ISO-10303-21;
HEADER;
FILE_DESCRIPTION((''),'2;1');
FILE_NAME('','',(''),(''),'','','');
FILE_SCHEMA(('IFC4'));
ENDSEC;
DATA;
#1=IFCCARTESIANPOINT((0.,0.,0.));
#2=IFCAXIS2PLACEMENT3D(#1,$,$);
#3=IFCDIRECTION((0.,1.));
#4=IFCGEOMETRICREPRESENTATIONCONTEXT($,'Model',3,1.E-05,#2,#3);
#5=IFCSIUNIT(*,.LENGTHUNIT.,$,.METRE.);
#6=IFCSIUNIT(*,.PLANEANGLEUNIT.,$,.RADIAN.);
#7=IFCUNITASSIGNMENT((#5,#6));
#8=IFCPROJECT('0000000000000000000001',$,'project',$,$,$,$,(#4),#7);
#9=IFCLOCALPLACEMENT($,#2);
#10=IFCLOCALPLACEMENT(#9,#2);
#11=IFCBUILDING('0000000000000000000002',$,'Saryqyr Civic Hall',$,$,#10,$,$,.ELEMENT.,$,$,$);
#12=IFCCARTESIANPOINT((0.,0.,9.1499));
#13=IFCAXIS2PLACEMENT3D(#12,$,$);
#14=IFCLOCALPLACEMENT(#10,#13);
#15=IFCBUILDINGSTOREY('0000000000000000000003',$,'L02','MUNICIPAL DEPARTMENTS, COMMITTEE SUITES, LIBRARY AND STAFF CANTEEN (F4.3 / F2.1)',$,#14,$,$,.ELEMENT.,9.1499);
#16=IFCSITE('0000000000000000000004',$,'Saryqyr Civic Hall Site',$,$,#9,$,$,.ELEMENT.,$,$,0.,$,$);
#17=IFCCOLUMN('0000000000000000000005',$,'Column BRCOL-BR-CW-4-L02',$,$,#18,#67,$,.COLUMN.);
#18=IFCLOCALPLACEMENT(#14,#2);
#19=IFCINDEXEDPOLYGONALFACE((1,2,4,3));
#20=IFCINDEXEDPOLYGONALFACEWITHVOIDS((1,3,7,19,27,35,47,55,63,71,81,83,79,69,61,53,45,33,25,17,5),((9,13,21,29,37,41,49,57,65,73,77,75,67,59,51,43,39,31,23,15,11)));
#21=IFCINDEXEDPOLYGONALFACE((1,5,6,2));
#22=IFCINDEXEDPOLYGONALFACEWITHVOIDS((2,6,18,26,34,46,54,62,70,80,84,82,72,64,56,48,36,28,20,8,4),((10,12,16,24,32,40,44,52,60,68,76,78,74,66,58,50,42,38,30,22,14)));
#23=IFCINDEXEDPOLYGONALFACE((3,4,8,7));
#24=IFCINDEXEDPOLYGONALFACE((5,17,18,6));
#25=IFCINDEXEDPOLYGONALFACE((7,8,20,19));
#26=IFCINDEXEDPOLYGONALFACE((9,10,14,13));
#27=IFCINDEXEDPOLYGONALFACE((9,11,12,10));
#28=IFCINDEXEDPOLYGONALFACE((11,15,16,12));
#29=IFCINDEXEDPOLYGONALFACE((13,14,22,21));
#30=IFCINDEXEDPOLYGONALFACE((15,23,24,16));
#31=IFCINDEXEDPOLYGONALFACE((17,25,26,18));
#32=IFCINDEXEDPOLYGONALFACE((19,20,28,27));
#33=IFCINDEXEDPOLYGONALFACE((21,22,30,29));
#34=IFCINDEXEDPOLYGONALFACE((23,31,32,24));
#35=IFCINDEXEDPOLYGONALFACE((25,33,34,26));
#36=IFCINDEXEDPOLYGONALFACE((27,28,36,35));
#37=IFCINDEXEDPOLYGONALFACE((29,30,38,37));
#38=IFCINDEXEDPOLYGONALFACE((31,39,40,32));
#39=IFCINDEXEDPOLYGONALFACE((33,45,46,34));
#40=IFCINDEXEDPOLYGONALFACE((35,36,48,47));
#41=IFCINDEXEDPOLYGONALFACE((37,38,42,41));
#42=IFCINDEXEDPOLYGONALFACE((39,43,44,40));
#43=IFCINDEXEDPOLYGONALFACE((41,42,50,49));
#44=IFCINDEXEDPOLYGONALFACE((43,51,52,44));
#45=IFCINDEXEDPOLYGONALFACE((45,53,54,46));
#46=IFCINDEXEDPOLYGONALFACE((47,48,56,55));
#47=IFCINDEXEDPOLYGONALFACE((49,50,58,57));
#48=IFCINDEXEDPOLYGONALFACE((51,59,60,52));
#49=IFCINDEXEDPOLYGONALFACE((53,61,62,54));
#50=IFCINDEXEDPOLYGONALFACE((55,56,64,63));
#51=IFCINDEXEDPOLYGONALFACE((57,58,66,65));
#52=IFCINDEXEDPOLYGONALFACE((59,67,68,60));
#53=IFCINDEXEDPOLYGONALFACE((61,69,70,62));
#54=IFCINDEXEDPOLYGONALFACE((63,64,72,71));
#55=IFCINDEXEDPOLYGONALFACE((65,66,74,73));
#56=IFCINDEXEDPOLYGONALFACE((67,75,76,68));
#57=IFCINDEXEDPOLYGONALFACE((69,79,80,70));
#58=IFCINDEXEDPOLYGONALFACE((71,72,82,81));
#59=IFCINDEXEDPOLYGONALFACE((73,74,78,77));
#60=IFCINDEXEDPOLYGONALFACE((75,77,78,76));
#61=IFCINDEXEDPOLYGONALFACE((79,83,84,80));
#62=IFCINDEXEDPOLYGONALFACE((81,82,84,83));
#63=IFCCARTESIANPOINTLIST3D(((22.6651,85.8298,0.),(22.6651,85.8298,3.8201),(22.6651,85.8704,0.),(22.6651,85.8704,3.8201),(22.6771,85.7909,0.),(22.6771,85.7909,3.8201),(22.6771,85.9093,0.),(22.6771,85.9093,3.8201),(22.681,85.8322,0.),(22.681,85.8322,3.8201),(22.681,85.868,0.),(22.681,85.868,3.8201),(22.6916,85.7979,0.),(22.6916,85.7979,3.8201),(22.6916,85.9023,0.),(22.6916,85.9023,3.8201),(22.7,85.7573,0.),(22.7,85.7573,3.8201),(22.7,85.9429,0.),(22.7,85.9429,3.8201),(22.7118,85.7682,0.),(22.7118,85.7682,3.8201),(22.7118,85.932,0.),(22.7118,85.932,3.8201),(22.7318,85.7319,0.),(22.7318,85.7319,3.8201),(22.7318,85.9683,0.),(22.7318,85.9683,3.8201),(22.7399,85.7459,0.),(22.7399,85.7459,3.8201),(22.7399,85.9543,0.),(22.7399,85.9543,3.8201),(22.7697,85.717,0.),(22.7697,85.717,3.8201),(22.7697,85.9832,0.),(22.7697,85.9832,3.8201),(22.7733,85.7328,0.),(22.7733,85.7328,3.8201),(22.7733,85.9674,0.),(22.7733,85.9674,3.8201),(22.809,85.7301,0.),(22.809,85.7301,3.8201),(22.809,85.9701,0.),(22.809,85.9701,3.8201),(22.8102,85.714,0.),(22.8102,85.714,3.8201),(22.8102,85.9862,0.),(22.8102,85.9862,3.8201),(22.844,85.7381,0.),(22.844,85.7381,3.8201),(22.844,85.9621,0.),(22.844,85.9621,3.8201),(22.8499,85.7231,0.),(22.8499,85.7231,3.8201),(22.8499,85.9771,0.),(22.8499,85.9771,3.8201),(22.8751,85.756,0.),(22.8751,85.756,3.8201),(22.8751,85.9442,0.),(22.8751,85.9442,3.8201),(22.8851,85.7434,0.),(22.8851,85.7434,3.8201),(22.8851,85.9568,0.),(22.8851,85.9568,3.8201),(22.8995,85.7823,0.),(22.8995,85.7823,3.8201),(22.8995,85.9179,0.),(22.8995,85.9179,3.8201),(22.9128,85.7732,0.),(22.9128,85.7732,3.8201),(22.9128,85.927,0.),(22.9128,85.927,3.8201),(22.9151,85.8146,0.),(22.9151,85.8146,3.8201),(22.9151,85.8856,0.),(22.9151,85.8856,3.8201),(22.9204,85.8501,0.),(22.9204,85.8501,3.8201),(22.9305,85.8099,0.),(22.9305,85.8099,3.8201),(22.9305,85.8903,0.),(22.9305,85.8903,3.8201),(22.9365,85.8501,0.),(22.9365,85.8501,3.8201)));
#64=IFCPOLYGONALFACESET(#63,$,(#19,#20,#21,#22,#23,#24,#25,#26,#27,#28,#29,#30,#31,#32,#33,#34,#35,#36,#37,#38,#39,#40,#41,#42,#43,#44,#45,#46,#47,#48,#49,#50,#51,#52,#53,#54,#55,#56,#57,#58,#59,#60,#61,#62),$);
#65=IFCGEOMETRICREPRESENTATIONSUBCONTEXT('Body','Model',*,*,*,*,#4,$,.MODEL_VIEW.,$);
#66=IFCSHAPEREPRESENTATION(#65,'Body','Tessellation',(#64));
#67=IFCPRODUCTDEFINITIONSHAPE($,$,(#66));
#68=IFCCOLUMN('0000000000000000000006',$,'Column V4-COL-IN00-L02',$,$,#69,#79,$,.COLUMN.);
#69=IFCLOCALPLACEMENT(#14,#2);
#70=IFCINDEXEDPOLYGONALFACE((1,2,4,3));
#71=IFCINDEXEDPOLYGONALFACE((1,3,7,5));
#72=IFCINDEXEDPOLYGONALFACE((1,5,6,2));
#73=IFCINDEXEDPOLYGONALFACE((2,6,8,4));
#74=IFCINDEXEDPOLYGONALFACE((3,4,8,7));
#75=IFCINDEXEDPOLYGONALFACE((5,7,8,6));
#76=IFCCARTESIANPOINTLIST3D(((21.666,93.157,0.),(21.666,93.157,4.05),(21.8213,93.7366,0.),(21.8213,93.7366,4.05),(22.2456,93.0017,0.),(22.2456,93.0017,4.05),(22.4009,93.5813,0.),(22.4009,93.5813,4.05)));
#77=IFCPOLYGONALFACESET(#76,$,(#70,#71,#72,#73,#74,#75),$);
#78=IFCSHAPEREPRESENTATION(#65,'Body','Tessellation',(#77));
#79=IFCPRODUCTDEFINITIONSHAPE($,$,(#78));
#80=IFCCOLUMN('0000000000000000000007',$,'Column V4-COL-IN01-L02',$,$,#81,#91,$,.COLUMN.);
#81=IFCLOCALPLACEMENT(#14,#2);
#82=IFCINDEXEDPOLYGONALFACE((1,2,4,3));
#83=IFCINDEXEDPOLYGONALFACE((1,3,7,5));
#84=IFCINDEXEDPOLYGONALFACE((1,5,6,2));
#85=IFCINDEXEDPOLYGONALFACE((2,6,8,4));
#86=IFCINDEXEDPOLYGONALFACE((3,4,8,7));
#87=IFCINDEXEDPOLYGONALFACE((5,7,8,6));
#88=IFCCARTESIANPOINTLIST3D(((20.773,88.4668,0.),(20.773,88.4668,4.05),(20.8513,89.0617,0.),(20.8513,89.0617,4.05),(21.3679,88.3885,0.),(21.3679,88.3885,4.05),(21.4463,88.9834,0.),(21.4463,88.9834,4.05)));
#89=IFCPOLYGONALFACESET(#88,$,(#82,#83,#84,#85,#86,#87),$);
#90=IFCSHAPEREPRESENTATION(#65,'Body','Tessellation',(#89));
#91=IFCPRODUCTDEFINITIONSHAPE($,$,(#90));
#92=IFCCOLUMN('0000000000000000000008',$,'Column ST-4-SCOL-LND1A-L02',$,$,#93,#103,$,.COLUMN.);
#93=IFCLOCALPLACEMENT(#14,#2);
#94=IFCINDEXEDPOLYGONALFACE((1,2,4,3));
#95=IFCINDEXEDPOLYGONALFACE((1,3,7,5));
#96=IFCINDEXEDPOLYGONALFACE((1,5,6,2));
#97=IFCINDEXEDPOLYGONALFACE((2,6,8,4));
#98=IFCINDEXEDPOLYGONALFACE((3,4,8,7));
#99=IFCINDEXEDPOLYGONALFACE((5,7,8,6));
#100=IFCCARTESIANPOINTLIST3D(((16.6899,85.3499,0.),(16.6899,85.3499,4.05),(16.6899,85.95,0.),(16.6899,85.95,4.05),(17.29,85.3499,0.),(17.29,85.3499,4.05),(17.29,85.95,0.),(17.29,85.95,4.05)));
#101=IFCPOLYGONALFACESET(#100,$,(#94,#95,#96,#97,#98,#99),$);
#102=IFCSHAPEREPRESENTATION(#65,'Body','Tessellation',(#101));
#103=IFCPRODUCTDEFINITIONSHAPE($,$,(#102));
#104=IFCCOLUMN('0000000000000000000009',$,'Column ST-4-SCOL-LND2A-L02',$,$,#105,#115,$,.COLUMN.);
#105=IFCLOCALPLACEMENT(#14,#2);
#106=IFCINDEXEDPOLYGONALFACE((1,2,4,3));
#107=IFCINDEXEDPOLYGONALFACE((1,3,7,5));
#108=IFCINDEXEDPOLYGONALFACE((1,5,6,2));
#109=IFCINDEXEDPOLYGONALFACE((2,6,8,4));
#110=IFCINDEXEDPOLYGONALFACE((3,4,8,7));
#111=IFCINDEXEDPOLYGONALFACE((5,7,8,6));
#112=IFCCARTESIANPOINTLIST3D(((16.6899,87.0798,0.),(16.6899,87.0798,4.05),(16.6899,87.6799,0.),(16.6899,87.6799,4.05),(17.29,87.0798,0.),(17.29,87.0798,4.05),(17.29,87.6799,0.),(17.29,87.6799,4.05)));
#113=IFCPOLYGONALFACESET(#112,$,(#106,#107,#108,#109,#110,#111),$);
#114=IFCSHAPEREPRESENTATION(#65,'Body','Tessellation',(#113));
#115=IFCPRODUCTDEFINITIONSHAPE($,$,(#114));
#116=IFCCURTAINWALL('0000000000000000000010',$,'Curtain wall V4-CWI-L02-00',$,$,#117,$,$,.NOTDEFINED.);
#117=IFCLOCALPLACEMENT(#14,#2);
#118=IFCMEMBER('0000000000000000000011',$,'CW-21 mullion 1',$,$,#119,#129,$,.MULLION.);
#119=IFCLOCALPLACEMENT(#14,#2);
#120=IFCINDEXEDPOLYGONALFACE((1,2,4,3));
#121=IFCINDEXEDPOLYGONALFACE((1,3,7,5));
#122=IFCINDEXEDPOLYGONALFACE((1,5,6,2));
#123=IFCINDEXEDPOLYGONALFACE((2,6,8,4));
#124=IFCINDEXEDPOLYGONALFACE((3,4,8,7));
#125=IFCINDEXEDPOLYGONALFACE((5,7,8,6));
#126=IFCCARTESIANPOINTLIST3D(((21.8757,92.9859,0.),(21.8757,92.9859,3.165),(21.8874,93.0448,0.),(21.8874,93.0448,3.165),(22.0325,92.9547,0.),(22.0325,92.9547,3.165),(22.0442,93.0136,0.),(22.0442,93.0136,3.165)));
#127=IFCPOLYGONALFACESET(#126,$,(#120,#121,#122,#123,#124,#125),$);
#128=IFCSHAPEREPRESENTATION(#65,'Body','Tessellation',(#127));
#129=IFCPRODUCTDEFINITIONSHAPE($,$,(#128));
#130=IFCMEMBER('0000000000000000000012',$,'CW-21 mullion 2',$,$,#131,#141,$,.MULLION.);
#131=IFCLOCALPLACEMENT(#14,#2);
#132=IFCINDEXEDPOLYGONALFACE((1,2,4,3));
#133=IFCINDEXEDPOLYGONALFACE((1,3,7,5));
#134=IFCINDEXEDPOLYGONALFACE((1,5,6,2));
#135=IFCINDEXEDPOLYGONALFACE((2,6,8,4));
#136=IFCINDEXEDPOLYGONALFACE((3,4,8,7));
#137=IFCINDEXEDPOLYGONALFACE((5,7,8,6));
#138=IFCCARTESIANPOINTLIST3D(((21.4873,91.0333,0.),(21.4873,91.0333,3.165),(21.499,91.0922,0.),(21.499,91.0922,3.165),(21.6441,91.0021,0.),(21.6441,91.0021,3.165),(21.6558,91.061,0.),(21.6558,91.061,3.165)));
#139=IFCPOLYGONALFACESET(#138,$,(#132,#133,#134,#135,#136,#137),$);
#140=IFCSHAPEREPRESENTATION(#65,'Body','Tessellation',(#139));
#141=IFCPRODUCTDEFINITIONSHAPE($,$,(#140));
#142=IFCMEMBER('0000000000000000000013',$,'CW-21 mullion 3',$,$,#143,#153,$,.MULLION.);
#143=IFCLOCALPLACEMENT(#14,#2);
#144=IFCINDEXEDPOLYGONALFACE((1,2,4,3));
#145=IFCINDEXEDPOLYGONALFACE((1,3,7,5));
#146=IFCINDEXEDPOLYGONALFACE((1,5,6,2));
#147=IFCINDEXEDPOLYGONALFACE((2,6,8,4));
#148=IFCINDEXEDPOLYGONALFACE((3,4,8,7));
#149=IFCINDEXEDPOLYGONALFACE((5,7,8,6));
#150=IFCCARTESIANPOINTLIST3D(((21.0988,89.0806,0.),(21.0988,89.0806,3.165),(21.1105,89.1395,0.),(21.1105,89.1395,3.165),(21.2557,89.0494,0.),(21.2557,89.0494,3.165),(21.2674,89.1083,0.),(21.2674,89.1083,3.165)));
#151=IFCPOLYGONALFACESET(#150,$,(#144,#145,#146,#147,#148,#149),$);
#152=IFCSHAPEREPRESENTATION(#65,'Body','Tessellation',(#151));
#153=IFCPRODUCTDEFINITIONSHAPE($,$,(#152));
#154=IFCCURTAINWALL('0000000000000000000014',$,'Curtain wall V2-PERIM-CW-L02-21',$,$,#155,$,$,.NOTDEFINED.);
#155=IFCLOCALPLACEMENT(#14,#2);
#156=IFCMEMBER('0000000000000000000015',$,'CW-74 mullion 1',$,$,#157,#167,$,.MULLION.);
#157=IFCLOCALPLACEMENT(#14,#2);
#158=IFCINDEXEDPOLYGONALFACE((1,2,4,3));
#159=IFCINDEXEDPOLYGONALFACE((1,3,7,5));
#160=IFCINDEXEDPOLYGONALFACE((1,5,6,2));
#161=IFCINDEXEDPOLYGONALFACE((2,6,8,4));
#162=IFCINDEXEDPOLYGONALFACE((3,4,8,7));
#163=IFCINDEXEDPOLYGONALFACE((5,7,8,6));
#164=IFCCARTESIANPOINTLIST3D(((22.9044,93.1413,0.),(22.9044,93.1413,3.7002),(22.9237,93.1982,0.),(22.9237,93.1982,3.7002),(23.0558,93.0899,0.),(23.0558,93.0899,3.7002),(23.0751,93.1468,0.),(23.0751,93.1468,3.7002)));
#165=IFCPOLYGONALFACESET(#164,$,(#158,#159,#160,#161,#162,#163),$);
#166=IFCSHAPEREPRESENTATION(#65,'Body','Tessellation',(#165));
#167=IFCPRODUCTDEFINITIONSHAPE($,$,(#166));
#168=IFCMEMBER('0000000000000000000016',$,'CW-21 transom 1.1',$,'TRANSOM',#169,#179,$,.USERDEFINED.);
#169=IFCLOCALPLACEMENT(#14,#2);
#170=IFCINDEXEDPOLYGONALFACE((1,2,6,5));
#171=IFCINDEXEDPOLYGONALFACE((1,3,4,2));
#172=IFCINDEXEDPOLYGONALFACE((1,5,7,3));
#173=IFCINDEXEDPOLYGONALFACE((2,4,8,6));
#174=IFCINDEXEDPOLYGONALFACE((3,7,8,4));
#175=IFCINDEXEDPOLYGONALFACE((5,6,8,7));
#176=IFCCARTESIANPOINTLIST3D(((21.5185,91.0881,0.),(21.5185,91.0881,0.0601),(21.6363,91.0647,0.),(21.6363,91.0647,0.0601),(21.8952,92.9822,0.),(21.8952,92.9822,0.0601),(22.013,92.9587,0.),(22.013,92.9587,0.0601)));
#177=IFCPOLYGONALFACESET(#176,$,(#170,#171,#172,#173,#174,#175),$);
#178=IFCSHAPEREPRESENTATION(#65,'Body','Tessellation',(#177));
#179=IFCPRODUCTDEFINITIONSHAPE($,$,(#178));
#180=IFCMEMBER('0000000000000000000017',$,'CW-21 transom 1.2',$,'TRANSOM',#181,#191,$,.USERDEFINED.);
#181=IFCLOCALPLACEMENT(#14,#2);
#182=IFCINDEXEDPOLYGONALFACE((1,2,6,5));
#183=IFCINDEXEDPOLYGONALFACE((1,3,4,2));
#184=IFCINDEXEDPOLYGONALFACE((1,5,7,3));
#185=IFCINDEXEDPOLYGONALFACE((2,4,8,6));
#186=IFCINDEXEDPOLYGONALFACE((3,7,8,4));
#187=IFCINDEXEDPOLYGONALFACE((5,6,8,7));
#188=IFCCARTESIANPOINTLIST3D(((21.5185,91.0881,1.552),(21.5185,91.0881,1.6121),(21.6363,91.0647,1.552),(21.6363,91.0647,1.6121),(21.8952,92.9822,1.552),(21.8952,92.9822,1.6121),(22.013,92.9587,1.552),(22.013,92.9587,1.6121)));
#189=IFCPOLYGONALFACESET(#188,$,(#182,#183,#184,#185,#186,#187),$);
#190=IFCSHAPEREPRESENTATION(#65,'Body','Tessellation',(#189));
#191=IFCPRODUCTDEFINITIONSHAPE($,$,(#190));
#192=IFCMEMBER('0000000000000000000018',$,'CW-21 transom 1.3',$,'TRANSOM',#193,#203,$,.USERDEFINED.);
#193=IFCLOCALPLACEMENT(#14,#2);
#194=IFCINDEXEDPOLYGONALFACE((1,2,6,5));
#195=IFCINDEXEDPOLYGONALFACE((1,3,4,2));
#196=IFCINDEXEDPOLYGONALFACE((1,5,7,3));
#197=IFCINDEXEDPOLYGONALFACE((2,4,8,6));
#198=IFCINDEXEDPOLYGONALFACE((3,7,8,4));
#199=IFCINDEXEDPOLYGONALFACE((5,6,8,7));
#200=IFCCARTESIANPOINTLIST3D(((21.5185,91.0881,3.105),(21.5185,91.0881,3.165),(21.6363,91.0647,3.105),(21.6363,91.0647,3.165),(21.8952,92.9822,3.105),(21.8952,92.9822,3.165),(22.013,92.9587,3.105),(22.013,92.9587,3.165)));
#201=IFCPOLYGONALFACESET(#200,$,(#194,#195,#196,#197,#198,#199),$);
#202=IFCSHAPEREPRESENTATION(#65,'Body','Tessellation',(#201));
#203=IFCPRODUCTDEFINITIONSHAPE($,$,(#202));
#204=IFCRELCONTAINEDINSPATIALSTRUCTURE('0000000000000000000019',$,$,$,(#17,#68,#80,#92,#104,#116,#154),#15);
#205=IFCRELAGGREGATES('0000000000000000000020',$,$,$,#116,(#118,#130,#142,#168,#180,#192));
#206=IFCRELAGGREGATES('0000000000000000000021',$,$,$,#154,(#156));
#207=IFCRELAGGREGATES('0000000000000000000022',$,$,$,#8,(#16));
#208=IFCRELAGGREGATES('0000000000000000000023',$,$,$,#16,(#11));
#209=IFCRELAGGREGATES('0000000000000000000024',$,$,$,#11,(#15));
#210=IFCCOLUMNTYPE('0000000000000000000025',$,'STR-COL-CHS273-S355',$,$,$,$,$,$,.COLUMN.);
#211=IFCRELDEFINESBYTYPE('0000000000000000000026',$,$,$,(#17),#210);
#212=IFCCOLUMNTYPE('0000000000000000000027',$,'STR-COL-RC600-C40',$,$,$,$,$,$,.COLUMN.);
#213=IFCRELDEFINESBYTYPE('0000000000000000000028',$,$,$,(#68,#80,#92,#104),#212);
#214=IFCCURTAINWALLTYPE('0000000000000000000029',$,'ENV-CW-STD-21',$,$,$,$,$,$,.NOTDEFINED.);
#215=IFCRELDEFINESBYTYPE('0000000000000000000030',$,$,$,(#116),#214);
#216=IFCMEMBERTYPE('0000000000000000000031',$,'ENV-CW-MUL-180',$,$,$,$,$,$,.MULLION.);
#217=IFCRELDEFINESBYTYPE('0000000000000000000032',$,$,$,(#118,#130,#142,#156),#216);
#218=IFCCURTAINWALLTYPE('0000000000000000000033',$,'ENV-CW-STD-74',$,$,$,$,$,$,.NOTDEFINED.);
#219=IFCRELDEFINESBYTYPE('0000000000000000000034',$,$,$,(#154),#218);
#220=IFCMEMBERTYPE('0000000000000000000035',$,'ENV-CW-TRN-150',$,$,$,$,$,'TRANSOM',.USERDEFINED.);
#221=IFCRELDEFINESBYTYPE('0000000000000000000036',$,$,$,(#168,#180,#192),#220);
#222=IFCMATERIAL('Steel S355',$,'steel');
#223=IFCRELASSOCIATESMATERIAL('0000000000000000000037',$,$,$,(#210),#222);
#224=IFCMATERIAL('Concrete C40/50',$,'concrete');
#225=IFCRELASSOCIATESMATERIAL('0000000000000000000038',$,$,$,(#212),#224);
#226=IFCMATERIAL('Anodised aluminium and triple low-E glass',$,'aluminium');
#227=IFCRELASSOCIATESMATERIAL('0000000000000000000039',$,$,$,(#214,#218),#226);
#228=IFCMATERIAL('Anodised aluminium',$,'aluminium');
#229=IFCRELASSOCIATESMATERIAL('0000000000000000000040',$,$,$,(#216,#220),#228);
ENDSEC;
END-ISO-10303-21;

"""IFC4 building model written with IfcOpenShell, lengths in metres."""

from ifc_helpers import new_model, si_unit, direction, frame, origin, origin_2d, place, context, subcontext, project, spatial, rectangle, hollow_circle, extrude, material, material_profile, profile_set, type_object, element, aggregate, save


model = new_model("IFC4")

# Units and contexts
model_context = context("Model", 3, precision=1e-05, world=origin(), true_north=direction((0.0, 1.0)))
body_context = subcontext(model_context, "Body", "Model", "MODEL_VIEW")
ifc_project = project(units=[si_unit("LENGTHUNIT", "METRE"), si_unit("PLANEANGLEUNIT", "RADIAN")], contexts=[model_context])

# Site, building, storey
site_placement = place(None, origin())
site = spatial("IfcSite", under=ifc_project, at=site_placement, Name="Saryqyr Civic Hall Site", CompositionType="ELEMENT", RefElevation=0.0)
building_placement = place(site_placement, origin())
building = spatial("IfcBuilding", under=site, at=building_placement, Name="Saryqyr Civic Hall", CompositionType="ELEMENT")
storey_placement = place(building_placement, frame((0.0, 0.0, 9.1499)))
storey = spatial("IfcBuildingStorey", under=building, at=storey_placement, Name="L02", Description="MUNICIPAL DEPARTMENTS, COMMITTEE SUITES, LIBRARY AND STAFF CANTEEN (F4.3 / F2.1)", CompositionType="ELEMENT", Elevation=9.1499)

# Columns
ifc_material_1 = material(Name="Steel S355", Category="steel")
ifc_material_profile_1 = material_profile(ifc_material_1, hollow_circle(Radius=0.1365, WallThickness=0.0161, at=origin_2d()), Name="CHS 273x16")
ifc_profile_set_1 = profile_set([ifc_material_profile_1], Name="Steel S355")
column_type_1 = type_object("IfcColumnType", Name="STR-COL-CHS273-S355", PredefinedType="COLUMN", material=ifc_profile_set_1)
column_placement = place(storey_placement, frame((22.8, 85.8501, 0.0), z_axis=(0.0, 0.0, 1.0), x_axis=(1.0, 0.0, 0.0)))
element("IfcColumn", 1, at=column_placement, inside=storey, type_object=column_type_1, Name="Column BRCOL-BR-CW-4-L02", PredefinedType="COLUMN", context=body_context, shape_type="SweptSolid", body=[
    extrude(hollow_circle(Radius=0.1365, WallThickness=0.0161, at=origin_2d()), origin(), (0.0, 0.0, 1.0), 3.8201),
])
ifc_material_2 = material(Name="Concrete C40/50", Category="concrete")
ifc_material_profile_2 = material_profile(ifc_material_2, rectangle(XDim=0.6001, YDim=0.6001, at=origin_2d()), Name="RC 600x600")
ifc_profile_set_2 = profile_set([ifc_material_profile_2], Name="Concrete C40/50")
column_type_2 = type_object("IfcColumnType", Name="STR-COL-RC600-C40", PredefinedType="COLUMN", material=ifc_profile_set_2)
for number, where, z_axis, x_axis, name in (
    (2, (22.0334, 93.3691, 0.0), (0.0, 0.0, 1.0), (-0.965926, 0.258819, 0.0), "Column V4-COL-IN00-L02"),
    (3, (21.1096, 88.7251, 0.0), (0.0, 0.0, 1.0), (-0.991445, 0.130526, 0.0), "Column V4-COL-IN01-L02"),
    (4, (16.99, 85.6499, 0.0), (0.0, 0.0, 1.0), (1.0, 0.0, 0.0), "Column ST-4-SCOL-LND1A-L02"),
    (5, (16.99, 87.3799, 0.0), (0.0, 0.0, 1.0), (1.0, 0.0, 0.0), "Column ST-4-SCOL-LND2A-L02"),
):
    element("IfcColumn", number, at=place(storey_placement, frame(where, z_axis=z_axis, x_axis=x_axis)), inside=storey, type_object=column_type_2, Name=name, PredefinedType="COLUMN", context=body_context, shape_type="SweptSolid", body=[
        extrude(rectangle(XDim=0.6001, YDim=0.6001, at=origin_2d()), origin(), (0.0, 0.0, 1.0), 4.05),
    ])

# Curtain wall, members
ifc_material_3 = material(Name="Anodised aluminium and triple low-E glass", Category="aluminium")
curtain_wall_type_1 = type_object("IfcCurtainWallType", Name="ENV-CW-STD-21", PredefinedType="NOTDEFINED", material=ifc_material_3)
curtain_wall_1_placement = place(storey_placement, origin())
curtain_wall_1 = element("IfcCurtainWall", 6, at=curtain_wall_1_placement, inside=storey, type_object=curtain_wall_type_1, Name="Curtain wall V4-CWI-L02-00", PredefinedType="NOTDEFINED")
ifc_material_4 = material(Name="Anodised aluminium", Category="aluminium")
ifc_material_profile_3 = material_profile(ifc_material_4, rectangle(XDim=0.0601, YDim=0.1599, at=origin_2d()), Name="ALU MULLION 60x160")
ifc_profile_set_3 = profile_set([ifc_material_profile_3], Name="Anodised aluminium")
member_type_1 = type_object("IfcMemberType", Name="ENV-CW-MUL-180", PredefinedType="MULLION", material=ifc_profile_set_3)
member_1_placement = place(storey_placement, frame((21.96, 92.9998, 0.0), z_axis=(0.0, 0.0, 1.0), x_axis=(-0.195107, -0.980782, 0.0)))
member_1 = element("IfcMember", 7, at=member_1_placement, type_object=member_type_1, Name="CW-21 mullion 1", PredefinedType="MULLION", context=body_context, shape_type="SweptSolid", body=[
    extrude(rectangle(XDim=0.0601, YDim=0.1599, at=origin_2d()), origin(), (0.0, 0.0, 1.0), 3.165),
])
member_2_placement = place(storey_placement, frame((21.5715, 91.0471, 0.0), z_axis=(0.0, 0.0, 1.0), x_axis=(-0.195107, -0.980782, 0.0)))
member_2 = element("IfcMember", 8, at=member_2_placement, type_object=member_type_1, Name="CW-21 mullion 2", PredefinedType="MULLION", context=body_context, shape_type="SweptSolid", body=[
    extrude(rectangle(XDim=0.0601, YDim=0.1599, at=origin_2d()), origin(), (0.0, 0.0, 1.0), 3.165),
])
member_3_placement = place(storey_placement, frame((21.1831, 89.0945, 0.0), z_axis=(0.0, 0.0, 1.0), x_axis=(-0.195107, -0.980782, 0.0)))
member_3 = element("IfcMember", 9, at=member_3_placement, type_object=member_type_1, Name="CW-21 mullion 3", PredefinedType="MULLION", context=body_context, shape_type="SweptSolid", body=[
    extrude(rectangle(XDim=0.0601, YDim=0.1599, at=origin_2d()), origin(), (0.0, 0.0, 1.0), 3.165),
])

# Curtain wall, member
curtain_wall_type_2 = type_object("IfcCurtainWallType", Name="ENV-CW-STD-74", PredefinedType="NOTDEFINED", material=ifc_material_3)
curtain_wall_2_placement = place(storey_placement, origin())
curtain_wall_2 = element("IfcCurtainWall", 10, at=curtain_wall_2_placement, inside=storey, type_object=curtain_wall_type_2, Name="Curtain wall V2-PERIM-CW-L02-21", PredefinedType="NOTDEFINED")
member_4_placement = place(storey_placement, frame((22.9897, 93.144, 0.0), z_axis=(0.0, 0.0, 1.0), x_axis=(0.321445, 0.946928, 0.0)))
member_4 = element("IfcMember", 11, at=member_4_placement, type_object=member_type_1, Name="CW-74 mullion 1", PredefinedType="MULLION", context=body_context, shape_type="SweptSolid", body=[
    extrude(rectangle(XDim=0.0601, YDim=0.1599, at=origin_2d()), origin(), (0.0, 0.0, 1.0), 3.7002),
])

# Members
ifc_material_profile_4 = material_profile(ifc_material_4, rectangle(XDim=0.1201, YDim=0.0601, at=origin_2d()), Name="ALU TRANSOM 120x60")
ifc_profile_set_4 = profile_set([ifc_material_profile_4], Name="Anodised aluminium")
member_type_2 = type_object("IfcMemberType", Name="ENV-CW-TRN-150", ElementType="TRANSOM", PredefinedType="USERDEFINED", material=ifc_profile_set_4)
member_5_placement = place(storey_placement, frame((21.9541, 92.9705, 0.03), z_axis=(-0.195071, -0.980789, 0.0), x_axis=(0.980789, -0.195071, 0.0)))
member_5 = element("IfcMember", 12, at=member_5_placement, type_object=member_type_2, Name="CW-21 transom 1.1", ObjectType="TRANSOM", PredefinedType="USERDEFINED", context=body_context, shape_type="SweptSolid", body=[
    extrude(rectangle(XDim=0.1201, YDim=0.0601, at=origin_2d()), origin(), (0.0, 0.0, 1.0), 1.9312),
])
member_6_placement = place(storey_placement, frame((21.9541, 92.9705, 1.582), z_axis=(-0.195071, -0.980789, 0.0), x_axis=(0.980789, -0.195071, 0.0)))
member_6 = element("IfcMember", 13, at=member_6_placement, type_object=member_type_2, Name="CW-21 transom 1.2", ObjectType="TRANSOM", PredefinedType="USERDEFINED", context=body_context, shape_type="SweptSolid", body=[
    extrude(rectangle(XDim=0.1201, YDim=0.0601, at=origin_2d()), origin(), (0.0, 0.0, 1.0), 1.9312),
])
member_7_placement = place(storey_placement, frame((21.9541, 92.9705, 3.135), z_axis=(-0.195071, -0.980789, 0.0), x_axis=(0.980789, -0.195071, 0.0)))
member_7 = element("IfcMember", 14, at=member_7_placement, type_object=member_type_2, Name="CW-21 transom 1.3", ObjectType="TRANSOM", PredefinedType="USERDEFINED", context=body_context, shape_type="SweptSolid", body=[
    extrude(rectangle(XDim=0.1201, YDim=0.0601, at=origin_2d()), origin(), (0.0, 0.0, 1.0), 1.9312),
])

aggregate(curtain_wall_1, [member_1, member_2, member_3, member_5, member_6, member_7])
aggregate(curtain_wall_2, [member_4])

save(model, "model.ifc")
